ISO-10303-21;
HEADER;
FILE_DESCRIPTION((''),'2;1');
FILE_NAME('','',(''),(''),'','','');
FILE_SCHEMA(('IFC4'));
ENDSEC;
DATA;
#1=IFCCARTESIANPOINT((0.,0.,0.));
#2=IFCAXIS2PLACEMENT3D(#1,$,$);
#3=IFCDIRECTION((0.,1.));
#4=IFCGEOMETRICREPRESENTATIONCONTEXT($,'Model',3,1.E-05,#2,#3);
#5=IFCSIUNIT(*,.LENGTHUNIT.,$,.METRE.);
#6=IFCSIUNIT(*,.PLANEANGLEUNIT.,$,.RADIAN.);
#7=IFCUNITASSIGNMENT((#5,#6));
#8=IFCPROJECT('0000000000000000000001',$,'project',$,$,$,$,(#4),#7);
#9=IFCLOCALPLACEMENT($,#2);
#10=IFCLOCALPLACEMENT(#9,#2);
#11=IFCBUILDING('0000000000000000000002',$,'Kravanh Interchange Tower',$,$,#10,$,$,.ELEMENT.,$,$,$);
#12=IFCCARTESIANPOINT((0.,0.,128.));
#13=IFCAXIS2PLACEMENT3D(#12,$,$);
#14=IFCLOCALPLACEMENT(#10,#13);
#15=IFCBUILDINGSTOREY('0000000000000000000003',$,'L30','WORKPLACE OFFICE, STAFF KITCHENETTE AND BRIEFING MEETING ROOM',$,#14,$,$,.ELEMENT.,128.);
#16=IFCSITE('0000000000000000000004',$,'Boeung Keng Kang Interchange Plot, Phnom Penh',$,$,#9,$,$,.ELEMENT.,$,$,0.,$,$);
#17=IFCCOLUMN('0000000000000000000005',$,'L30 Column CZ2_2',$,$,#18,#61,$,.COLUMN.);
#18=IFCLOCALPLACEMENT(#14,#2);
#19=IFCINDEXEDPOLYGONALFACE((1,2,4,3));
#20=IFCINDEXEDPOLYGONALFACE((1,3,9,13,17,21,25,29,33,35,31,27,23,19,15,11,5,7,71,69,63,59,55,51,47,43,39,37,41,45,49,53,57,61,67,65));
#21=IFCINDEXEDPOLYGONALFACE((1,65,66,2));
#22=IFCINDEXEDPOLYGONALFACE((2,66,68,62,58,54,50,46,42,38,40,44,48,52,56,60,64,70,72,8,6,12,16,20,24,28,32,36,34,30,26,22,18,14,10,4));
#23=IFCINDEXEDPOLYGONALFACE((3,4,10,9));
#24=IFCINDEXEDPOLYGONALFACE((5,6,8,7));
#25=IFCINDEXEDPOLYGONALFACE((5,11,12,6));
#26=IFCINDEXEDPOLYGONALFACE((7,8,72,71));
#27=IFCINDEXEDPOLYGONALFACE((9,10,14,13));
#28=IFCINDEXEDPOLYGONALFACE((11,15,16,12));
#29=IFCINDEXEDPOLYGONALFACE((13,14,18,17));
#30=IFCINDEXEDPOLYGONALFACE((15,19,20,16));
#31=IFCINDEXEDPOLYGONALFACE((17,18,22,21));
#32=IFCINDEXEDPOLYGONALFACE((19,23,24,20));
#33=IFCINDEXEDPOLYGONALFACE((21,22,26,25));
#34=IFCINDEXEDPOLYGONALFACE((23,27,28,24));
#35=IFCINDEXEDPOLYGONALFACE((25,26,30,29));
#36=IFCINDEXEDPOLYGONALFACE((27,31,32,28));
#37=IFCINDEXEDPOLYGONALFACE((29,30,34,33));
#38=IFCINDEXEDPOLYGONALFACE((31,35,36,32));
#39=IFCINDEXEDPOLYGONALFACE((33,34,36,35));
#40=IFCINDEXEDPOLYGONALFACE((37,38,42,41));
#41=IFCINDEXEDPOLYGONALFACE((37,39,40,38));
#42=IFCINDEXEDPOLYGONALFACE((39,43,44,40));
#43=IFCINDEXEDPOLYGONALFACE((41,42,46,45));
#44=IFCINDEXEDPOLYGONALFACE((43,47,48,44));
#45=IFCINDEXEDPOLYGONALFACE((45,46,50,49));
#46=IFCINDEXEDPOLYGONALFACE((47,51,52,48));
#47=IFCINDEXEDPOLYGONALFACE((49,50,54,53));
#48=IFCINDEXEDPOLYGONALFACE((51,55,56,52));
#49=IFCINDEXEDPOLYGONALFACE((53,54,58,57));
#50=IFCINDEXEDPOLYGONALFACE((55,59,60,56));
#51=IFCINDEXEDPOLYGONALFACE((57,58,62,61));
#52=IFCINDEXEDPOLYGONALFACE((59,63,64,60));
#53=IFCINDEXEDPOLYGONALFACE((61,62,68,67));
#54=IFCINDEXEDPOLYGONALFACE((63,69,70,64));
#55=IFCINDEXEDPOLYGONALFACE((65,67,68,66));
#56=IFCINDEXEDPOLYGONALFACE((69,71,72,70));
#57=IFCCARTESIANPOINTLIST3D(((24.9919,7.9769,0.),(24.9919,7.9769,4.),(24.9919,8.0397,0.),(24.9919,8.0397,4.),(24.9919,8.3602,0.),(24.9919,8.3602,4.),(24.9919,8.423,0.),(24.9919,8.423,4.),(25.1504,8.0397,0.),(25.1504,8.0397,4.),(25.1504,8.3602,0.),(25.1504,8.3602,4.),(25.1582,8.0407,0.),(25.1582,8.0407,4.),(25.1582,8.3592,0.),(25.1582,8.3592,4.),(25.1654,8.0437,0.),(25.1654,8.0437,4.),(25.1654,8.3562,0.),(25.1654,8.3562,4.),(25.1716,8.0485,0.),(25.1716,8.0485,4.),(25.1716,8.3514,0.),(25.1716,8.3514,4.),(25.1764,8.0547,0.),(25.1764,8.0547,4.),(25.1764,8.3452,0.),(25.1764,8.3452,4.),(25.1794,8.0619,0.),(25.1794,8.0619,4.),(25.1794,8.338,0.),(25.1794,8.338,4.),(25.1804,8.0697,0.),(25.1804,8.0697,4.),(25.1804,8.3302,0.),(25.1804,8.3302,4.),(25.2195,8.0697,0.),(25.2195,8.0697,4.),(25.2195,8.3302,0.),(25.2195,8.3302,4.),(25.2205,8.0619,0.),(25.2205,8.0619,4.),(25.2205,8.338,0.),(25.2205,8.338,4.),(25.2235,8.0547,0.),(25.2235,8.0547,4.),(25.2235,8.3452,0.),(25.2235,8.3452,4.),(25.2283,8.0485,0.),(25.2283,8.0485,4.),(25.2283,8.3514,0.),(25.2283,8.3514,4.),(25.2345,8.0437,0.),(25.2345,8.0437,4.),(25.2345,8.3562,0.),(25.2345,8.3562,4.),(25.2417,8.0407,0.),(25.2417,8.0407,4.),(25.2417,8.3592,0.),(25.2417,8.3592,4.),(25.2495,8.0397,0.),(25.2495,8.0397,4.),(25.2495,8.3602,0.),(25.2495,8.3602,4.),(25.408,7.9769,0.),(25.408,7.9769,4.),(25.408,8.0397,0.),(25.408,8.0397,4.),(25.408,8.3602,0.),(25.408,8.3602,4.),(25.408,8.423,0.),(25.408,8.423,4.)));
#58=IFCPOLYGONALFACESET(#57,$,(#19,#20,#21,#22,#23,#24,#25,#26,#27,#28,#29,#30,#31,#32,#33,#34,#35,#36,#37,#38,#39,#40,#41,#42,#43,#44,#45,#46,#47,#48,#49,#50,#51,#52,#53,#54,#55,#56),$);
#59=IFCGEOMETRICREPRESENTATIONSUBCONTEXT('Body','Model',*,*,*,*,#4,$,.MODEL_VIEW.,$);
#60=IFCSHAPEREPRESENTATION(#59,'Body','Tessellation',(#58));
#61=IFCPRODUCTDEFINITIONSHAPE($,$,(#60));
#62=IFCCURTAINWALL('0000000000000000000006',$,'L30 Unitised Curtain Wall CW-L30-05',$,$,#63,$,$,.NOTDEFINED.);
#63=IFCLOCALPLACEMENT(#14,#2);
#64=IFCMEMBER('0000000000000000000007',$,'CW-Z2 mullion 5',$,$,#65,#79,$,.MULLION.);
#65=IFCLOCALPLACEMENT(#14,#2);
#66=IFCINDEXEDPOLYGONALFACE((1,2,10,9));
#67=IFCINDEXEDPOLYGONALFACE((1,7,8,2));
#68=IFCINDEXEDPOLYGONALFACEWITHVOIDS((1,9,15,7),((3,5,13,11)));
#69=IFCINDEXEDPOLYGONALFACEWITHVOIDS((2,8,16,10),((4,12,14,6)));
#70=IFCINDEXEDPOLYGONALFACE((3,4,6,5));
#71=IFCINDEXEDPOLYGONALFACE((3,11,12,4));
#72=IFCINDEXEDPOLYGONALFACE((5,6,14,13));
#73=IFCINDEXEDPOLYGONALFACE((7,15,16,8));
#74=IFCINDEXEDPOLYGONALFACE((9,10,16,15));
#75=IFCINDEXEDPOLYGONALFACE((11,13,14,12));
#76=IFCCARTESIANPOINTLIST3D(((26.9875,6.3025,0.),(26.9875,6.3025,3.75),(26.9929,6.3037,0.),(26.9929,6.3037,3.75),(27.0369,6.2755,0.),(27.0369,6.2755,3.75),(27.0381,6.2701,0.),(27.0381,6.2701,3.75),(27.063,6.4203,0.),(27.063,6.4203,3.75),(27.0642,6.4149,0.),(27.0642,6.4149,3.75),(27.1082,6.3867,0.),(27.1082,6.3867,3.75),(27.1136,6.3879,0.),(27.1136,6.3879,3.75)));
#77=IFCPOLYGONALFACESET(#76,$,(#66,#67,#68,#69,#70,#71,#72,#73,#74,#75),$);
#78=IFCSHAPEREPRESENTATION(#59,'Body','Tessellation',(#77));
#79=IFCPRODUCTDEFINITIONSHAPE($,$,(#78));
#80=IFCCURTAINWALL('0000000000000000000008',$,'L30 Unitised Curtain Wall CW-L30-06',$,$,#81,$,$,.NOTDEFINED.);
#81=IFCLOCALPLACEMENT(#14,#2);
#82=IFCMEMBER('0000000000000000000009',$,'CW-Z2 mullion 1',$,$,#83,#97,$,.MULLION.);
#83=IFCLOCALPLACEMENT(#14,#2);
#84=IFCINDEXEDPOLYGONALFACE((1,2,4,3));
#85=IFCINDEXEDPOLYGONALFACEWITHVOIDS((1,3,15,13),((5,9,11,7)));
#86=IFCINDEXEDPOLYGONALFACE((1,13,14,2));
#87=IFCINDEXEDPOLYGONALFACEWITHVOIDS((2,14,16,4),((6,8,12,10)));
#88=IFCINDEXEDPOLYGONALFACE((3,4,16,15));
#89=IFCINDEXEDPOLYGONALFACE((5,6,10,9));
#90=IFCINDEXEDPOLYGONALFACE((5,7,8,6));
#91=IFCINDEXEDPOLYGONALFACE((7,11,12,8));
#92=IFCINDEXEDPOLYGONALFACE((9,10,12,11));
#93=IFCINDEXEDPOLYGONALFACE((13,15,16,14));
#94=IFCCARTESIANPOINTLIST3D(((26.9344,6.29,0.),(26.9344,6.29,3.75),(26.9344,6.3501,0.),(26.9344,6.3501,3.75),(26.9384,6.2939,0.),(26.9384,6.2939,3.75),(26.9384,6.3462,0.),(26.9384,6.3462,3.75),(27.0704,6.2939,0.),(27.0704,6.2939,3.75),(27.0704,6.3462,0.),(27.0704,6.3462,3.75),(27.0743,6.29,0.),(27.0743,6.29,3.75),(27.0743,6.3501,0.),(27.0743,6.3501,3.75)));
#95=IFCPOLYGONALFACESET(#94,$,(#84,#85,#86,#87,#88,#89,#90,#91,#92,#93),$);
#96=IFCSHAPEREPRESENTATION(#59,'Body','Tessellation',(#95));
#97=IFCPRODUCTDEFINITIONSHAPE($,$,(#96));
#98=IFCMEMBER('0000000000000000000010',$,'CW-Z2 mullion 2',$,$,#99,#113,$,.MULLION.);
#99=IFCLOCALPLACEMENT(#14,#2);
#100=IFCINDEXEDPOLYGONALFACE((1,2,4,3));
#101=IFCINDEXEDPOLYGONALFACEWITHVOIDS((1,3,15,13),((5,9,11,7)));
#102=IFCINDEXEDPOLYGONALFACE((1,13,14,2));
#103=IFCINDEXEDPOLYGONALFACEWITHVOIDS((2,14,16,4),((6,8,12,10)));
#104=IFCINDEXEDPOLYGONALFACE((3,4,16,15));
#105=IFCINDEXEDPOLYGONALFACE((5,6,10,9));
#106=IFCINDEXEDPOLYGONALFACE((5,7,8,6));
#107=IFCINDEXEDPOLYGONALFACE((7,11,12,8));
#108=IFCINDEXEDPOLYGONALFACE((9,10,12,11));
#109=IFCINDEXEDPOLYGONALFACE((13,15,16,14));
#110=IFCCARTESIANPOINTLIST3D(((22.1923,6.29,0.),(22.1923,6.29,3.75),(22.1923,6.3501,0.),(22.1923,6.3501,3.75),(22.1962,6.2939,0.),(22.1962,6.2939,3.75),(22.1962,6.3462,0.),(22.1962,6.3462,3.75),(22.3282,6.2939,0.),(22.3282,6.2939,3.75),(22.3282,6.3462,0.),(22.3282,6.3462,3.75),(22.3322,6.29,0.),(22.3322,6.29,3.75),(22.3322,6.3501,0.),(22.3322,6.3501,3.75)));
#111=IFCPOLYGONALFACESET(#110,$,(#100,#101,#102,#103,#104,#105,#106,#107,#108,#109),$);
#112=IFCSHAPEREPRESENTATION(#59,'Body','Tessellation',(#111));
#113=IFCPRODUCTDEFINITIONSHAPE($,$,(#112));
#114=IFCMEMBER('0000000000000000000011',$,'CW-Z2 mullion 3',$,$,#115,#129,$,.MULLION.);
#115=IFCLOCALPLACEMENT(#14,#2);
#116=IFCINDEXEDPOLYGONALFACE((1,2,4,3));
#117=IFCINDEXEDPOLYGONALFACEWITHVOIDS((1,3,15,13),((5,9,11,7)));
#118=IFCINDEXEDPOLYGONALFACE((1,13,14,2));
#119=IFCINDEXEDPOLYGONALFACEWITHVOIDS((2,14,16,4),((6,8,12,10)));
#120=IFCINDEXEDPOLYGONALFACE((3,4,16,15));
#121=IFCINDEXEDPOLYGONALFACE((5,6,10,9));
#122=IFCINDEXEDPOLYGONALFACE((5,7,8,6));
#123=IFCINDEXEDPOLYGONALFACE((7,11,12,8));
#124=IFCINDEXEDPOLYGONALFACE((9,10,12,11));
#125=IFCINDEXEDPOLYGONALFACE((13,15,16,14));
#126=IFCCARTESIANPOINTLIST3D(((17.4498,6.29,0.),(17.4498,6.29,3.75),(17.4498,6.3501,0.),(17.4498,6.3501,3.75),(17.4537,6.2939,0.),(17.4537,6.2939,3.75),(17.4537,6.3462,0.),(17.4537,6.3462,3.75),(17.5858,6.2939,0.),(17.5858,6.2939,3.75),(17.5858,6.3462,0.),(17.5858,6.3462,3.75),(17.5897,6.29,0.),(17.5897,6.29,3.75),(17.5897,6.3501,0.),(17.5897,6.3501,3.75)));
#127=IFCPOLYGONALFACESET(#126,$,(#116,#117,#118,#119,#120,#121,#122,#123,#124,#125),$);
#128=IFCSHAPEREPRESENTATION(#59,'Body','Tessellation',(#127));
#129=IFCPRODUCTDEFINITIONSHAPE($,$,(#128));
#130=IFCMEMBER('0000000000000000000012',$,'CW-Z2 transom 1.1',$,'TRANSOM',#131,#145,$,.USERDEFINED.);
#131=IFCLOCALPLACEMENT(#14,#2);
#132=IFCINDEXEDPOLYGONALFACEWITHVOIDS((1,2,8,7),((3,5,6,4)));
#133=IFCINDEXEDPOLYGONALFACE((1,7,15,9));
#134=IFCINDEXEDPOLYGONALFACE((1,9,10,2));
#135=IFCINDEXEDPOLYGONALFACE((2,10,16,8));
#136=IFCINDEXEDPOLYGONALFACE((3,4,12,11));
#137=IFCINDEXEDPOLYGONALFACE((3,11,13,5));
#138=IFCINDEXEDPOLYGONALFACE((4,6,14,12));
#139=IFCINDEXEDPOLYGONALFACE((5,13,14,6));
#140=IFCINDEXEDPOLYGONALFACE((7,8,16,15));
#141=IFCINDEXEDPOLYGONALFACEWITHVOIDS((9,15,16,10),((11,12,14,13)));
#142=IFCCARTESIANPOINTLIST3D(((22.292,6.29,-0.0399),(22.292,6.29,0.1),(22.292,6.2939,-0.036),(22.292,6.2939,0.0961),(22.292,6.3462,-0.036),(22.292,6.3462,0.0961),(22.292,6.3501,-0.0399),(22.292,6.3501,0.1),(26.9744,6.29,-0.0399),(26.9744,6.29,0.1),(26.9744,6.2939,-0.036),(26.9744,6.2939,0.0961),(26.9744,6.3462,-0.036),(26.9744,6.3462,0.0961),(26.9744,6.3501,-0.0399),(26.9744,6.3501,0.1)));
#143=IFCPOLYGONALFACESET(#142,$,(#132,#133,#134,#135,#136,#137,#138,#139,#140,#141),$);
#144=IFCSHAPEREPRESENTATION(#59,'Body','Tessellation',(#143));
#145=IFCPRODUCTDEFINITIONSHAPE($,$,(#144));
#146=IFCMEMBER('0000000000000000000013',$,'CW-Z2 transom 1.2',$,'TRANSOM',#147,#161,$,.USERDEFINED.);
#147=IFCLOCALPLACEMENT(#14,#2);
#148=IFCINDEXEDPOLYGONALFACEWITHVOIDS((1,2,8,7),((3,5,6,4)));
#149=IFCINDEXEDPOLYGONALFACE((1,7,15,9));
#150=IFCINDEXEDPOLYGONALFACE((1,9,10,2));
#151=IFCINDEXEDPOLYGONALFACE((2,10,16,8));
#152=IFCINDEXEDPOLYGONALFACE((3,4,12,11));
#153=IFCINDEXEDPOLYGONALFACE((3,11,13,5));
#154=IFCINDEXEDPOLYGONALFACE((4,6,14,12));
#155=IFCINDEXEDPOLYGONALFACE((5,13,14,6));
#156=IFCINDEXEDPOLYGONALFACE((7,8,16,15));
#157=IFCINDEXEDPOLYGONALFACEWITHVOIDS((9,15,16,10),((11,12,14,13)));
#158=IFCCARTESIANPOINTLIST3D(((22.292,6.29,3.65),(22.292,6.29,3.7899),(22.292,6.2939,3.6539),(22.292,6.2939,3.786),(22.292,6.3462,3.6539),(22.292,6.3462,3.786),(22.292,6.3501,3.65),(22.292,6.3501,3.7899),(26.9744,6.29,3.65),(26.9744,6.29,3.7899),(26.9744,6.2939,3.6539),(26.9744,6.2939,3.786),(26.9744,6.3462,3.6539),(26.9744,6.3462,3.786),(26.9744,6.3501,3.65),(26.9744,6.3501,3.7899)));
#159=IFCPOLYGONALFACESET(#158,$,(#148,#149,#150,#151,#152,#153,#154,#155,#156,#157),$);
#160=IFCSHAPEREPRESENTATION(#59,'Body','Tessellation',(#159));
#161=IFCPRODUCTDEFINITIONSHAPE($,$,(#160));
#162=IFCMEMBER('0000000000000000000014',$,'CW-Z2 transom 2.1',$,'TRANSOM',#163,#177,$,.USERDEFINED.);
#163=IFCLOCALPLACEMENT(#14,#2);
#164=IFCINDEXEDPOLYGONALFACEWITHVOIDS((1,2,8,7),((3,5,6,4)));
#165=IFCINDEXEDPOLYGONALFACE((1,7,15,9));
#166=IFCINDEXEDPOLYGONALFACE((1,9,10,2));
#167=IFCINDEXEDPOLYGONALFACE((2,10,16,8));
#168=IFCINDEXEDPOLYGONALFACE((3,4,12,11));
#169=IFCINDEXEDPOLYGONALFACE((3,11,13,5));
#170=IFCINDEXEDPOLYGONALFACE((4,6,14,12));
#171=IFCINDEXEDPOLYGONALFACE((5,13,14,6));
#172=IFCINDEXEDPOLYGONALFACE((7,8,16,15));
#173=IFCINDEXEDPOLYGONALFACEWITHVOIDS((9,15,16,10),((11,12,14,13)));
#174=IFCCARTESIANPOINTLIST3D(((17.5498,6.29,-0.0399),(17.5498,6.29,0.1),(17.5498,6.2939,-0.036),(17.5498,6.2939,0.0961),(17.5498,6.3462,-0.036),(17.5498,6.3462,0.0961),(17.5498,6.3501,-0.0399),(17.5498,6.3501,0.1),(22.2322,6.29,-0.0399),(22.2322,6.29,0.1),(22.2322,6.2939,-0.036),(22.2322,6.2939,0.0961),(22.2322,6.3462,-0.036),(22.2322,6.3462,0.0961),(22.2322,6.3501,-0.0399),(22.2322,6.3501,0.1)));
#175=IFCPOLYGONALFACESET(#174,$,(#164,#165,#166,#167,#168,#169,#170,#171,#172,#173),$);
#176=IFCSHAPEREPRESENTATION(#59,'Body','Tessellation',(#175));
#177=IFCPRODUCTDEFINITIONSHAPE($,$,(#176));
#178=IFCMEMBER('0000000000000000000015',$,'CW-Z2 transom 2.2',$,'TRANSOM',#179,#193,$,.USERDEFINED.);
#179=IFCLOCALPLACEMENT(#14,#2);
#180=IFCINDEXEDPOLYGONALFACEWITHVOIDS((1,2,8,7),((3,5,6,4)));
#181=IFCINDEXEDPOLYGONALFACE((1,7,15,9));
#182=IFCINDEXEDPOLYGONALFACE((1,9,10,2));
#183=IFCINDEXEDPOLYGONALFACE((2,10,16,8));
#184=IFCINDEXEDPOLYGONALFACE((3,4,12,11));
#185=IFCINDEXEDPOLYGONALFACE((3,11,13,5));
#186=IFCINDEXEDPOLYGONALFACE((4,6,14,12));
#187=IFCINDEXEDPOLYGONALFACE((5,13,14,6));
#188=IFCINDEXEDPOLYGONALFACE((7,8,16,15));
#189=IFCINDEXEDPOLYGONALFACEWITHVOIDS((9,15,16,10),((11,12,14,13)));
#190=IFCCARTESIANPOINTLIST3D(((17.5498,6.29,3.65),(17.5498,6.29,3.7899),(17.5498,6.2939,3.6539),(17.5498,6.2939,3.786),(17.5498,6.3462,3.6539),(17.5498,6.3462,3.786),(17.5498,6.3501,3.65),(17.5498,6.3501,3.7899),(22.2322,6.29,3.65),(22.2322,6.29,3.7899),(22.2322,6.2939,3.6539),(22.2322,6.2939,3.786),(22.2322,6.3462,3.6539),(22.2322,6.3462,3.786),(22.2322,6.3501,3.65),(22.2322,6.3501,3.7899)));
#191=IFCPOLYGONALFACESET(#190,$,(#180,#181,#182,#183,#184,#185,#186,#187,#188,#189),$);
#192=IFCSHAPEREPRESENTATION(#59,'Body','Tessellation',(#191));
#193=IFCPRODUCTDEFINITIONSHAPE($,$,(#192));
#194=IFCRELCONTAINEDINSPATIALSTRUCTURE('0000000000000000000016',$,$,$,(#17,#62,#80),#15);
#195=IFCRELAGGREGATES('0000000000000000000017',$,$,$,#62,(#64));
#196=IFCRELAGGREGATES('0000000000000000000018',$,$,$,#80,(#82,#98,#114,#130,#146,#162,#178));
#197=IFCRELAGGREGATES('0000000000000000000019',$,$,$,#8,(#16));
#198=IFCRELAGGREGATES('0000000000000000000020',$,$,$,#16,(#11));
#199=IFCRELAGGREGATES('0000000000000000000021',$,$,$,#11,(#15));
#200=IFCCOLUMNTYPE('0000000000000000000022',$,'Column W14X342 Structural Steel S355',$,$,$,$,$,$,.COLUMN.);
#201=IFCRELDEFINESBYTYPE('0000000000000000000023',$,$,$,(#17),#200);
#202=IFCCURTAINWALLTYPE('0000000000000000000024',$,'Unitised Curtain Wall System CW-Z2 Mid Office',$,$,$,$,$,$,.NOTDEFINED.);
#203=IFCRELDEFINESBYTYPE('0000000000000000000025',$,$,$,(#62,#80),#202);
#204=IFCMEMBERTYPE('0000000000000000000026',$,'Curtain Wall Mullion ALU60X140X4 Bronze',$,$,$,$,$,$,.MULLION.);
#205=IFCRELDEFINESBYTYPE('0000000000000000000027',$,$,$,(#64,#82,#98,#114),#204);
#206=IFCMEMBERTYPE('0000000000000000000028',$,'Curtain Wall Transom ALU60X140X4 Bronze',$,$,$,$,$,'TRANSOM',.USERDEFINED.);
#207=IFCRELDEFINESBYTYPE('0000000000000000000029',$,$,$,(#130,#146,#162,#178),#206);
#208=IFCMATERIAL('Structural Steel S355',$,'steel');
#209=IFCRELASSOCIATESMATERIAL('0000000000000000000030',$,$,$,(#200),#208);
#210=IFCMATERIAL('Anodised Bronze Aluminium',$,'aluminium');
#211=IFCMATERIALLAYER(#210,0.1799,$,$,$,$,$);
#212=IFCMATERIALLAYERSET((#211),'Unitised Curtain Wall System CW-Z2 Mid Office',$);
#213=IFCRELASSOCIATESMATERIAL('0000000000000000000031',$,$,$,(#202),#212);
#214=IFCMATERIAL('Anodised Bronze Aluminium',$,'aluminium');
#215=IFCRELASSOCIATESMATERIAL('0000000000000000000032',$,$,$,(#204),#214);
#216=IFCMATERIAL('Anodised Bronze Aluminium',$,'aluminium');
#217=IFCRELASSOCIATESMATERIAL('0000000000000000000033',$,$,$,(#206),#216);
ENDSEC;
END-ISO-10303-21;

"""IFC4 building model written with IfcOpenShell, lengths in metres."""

from ifc_helpers import new_model, si_unit, direction, frame, origin, origin_2d, place, context, subcontext, project, spatial, hollow_rectangle, i_section, extrude, material, layer, layer_set, material_profile, profile_set, type_object, element, aggregate, save


model = new_model("IFC4")

# Units and contexts
model_context = context("Model", 3, precision=1e-05, world=origin(), true_north=direction((0.0, 1.0)))
body_context = subcontext(model_context, "Body", "Model", "MODEL_VIEW")
ifc_project = project(units=[si_unit("LENGTHUNIT", "METRE"), si_unit("PLANEANGLEUNIT", "RADIAN")], contexts=[model_context])

# Site, building, storey
site_placement = place(None, origin())
site = spatial("IfcSite", under=ifc_project, at=site_placement, Name="Boeung Keng Kang Interchange Plot, Phnom Penh", CompositionType="ELEMENT", RefElevation=0.0)
building_placement = place(site_placement, origin())
building = spatial("IfcBuilding", under=site, at=building_placement, Name="Kravanh Interchange Tower", CompositionType="ELEMENT")
storey_placement = place(building_placement, frame((0.0, 0.0, 128.0)))
storey = spatial("IfcBuildingStorey", under=building, at=storey_placement, Name="L30", Description="WORKPLACE OFFICE, STAFF KITCHENETTE AND BRIEFING MEETING ROOM", CompositionType="ELEMENT", Elevation=128.0)

# Column
ifc_material_1 = material(Name="Structural Steel S355", Category="steel")
ifc_material_profile_1 = material_profile(ifc_material_1, i_section(OverallWidth=0.416, OverallDepth=0.446, WebThickness=0.0391, FlangeThickness=0.0627, FilletRadius=0.03, at=origin_2d()), Name="W14X342")
ifc_profile_set_1 = profile_set([ifc_material_profile_1], Name="Structural Steel S355")
column_type = type_object("IfcColumnType", Name="Column W14X342 Structural Steel S355", PredefinedType="COLUMN", material=ifc_profile_set_1)
column_placement = place(storey_placement, frame((25.2, 8.2, 0.0), z_axis=(0.0, 0.0, 1.0), x_axis=(1.0, 0.0, 0.0)))
element("IfcColumn", 1, at=column_placement, inside=storey, type_object=column_type, Name="L30 Column CZ2_2", PredefinedType="COLUMN", context=body_context, shape_type="SweptSolid", body=[
    extrude(i_section(OverallWidth=0.416, OverallDepth=0.446, WebThickness=0.0391, FlangeThickness=0.0627, FilletRadius=0.03, at=origin_2d()), origin(), (0.0, 0.0, 1.0), 4.0),
])

# Curtain wall, member
ifc_material_2 = material(Name="Anodised Bronze Aluminium", Category="aluminium")
ifc_layer_1 = layer(ifc_material_2, 0.1799)
ifc_layer_set_1 = layer_set([ifc_layer_1], Name="Unitised Curtain Wall System CW-Z2 Mid Office")
curtain_wall_type = type_object("IfcCurtainWallType", Name="Unitised Curtain Wall System CW-Z2 Mid Office", PredefinedType="NOTDEFINED", material=ifc_layer_set_1)
curtain_wall_1_placement = place(storey_placement, origin())
curtain_wall_1 = element("IfcCurtainWall", 2, at=curtain_wall_1_placement, inside=storey, type_object=curtain_wall_type, Name="L30 Unitised Curtain Wall CW-L30-05", PredefinedType="NOTDEFINED")
ifc_material_3 = material(Name="Anodised Bronze Aluminium", Category="aluminium")
ifc_material_profile_2 = material_profile(ifc_material_3, hollow_rectangle(XDim=0.0601, YDim=0.1399, WallThickness=0.0039, at=origin_2d()), Name="ALU60X140X4")
ifc_profile_set_2 = profile_set([ifc_material_profile_2], Name="Anodised Bronze Aluminium")
member_type_1 = type_object("IfcMemberType", Name="Curtain Wall Mullion ALU60X140X4 Bronze", PredefinedType="MULLION", material=ifc_profile_set_2)
member_1_placement = place(storey_placement, frame((27.0505, 6.3452, 0.0), z_axis=(0.0, 0.0, 1.0), x_axis=(0.84188, -0.539665, 0.0)))
member_1 = element("IfcMember", 3, at=member_1_placement, type_object=member_type_1, Name="CW-Z2 mullion 5", PredefinedType="MULLION", context=body_context, shape_type="SweptSolid", body=[
    extrude(hollow_rectangle(XDim=0.0601, YDim=0.1399, WallThickness=0.0039, at=origin_2d()), origin(), (0.0, 0.0, 1.0), 3.75),
])

# Curtain wall, members
curtain_wall_2_placement = place(storey_placement, origin())
curtain_wall_2 = element("IfcCurtainWall", 4, at=curtain_wall_2_placement, inside=storey, type_object=curtain_wall_type, Name="L30 Unitised Curtain Wall CW-L30-06", PredefinedType="NOTDEFINED")
member_2_placement = place(storey_placement, frame((27.0044, 6.3201, 0.0), z_axis=(0.0, 0.0, 1.0), x_axis=(0.0, -1.0, 0.0)))
member_2 = element("IfcMember", 5, at=member_2_placement, type_object=member_type_1, Name="CW-Z2 mullion 1", PredefinedType="MULLION", context=body_context, shape_type="SweptSolid", body=[
    extrude(hollow_rectangle(XDim=0.0601, YDim=0.1399, WallThickness=0.0039, at=origin_2d()), origin(), (0.0, 0.0, 1.0), 3.75),
])
member_3_placement = place(storey_placement, frame((22.2622, 6.3201, 0.0), z_axis=(0.0, 0.0, 1.0), x_axis=(0.0, -1.0, 0.0)))
member_3 = element("IfcMember", 6, at=member_3_placement, type_object=member_type_1, Name="CW-Z2 mullion 2", PredefinedType="MULLION", context=body_context, shape_type="SweptSolid", body=[
    extrude(hollow_rectangle(XDim=0.0601, YDim=0.1399, WallThickness=0.0039, at=origin_2d()), origin(), (0.0, 0.0, 1.0), 3.75),
])
member_4_placement = place(storey_placement, frame((17.5198, 6.3201, 0.0), z_axis=(0.0, 0.0, 1.0), x_axis=(0.0, -1.0, 0.0)))
member_4 = element("IfcMember", 7, at=member_4_placement, type_object=member_type_1, Name="CW-Z2 mullion 3", PredefinedType="MULLION", context=body_context, shape_type="SweptSolid", body=[
    extrude(hollow_rectangle(XDim=0.0601, YDim=0.1399, WallThickness=0.0039, at=origin_2d()), origin(), (0.0, 0.0, 1.0), 3.75),
])
ifc_material_4 = material(Name="Anodised Bronze Aluminium", Category="aluminium")
ifc_material_profile_3 = material_profile(ifc_material_4, hollow_rectangle(XDim=0.0601, YDim=0.1399, WallThickness=0.0039, at=origin_2d()), Name="ALU60X140X4")
ifc_profile_set_3 = profile_set([ifc_material_profile_3], Name="Anodised Bronze Aluminium")
member_type_2 = type_object("IfcMemberType", Name="Curtain Wall Transom ALU60X140X4 Bronze", ElementType="TRANSOM", PredefinedType="USERDEFINED", material=ifc_profile_set_3)
member_5_placement = place(storey_placement, frame((26.9744, 6.3201, 0.03), z_axis=(-1.0, 0.0, 0.0), x_axis=(0.0, -1.0, 0.0)))
member_5 = element("IfcMember", 8, at=member_5_placement, type_object=member_type_2, Name="CW-Z2 transom 1.1", ObjectType="TRANSOM", PredefinedType="USERDEFINED", context=body_context, shape_type="SweptSolid", body=[
    extrude(hollow_rectangle(XDim=0.0601, YDim=0.1399, WallThickness=0.0039, at=origin_2d()), origin(), (0.0, 0.0, 1.0), 4.6824),
])
member_6_placement = place(storey_placement, frame((26.9744, 6.3201, 3.72), z_axis=(-1.0, 0.0, 0.0), x_axis=(0.0, -1.0, 0.0)))
member_6 = element("IfcMember", 9, at=member_6_placement, type_object=member_type_2, Name="CW-Z2 transom 1.2", ObjectType="TRANSOM", PredefinedType="USERDEFINED", context=body_context, shape_type="SweptSolid", body=[
    extrude(hollow_rectangle(XDim=0.0601, YDim=0.1399, WallThickness=0.0039, at=origin_2d()), origin(), (0.0, 0.0, 1.0), 4.6824),
])
member_7_placement = place(storey_placement, frame((22.2322, 6.3201, 0.03), z_axis=(-1.0, 0.0, 0.0), x_axis=(0.0, -1.0, 0.0)))
member_7 = element("IfcMember", 10, at=member_7_placement, type_object=member_type_2, Name="CW-Z2 transom 2.1", ObjectType="TRANSOM", PredefinedType="USERDEFINED", context=body_context, shape_type="SweptSolid", body=[
    extrude(hollow_rectangle(XDim=0.0601, YDim=0.1399, WallThickness=0.0039, at=origin_2d()), origin(), (0.0, 0.0, 1.0), 4.6824),
])
member_8_placement = place(storey_placement, frame((22.2322, 6.3201, 3.72), z_axis=(-1.0, 0.0, 0.0), x_axis=(0.0, -1.0, 0.0)))
member_8 = element("IfcMember", 11, at=member_8_placement, type_object=member_type_2, Name="CW-Z2 transom 2.2", ObjectType="TRANSOM", PredefinedType="USERDEFINED", context=body_context, shape_type="SweptSolid", body=[
    extrude(hollow_rectangle(XDim=0.0601, YDim=0.1399, WallThickness=0.0039, at=origin_2d()), origin(), (0.0, 0.0, 1.0), 4.6824),
])

aggregate(curtain_wall_1, [member_1])
aggregate(curtain_wall_2, [member_2, member_3, member_4, member_5, member_6, member_7, member_8])

save(model, "model.ifc")
